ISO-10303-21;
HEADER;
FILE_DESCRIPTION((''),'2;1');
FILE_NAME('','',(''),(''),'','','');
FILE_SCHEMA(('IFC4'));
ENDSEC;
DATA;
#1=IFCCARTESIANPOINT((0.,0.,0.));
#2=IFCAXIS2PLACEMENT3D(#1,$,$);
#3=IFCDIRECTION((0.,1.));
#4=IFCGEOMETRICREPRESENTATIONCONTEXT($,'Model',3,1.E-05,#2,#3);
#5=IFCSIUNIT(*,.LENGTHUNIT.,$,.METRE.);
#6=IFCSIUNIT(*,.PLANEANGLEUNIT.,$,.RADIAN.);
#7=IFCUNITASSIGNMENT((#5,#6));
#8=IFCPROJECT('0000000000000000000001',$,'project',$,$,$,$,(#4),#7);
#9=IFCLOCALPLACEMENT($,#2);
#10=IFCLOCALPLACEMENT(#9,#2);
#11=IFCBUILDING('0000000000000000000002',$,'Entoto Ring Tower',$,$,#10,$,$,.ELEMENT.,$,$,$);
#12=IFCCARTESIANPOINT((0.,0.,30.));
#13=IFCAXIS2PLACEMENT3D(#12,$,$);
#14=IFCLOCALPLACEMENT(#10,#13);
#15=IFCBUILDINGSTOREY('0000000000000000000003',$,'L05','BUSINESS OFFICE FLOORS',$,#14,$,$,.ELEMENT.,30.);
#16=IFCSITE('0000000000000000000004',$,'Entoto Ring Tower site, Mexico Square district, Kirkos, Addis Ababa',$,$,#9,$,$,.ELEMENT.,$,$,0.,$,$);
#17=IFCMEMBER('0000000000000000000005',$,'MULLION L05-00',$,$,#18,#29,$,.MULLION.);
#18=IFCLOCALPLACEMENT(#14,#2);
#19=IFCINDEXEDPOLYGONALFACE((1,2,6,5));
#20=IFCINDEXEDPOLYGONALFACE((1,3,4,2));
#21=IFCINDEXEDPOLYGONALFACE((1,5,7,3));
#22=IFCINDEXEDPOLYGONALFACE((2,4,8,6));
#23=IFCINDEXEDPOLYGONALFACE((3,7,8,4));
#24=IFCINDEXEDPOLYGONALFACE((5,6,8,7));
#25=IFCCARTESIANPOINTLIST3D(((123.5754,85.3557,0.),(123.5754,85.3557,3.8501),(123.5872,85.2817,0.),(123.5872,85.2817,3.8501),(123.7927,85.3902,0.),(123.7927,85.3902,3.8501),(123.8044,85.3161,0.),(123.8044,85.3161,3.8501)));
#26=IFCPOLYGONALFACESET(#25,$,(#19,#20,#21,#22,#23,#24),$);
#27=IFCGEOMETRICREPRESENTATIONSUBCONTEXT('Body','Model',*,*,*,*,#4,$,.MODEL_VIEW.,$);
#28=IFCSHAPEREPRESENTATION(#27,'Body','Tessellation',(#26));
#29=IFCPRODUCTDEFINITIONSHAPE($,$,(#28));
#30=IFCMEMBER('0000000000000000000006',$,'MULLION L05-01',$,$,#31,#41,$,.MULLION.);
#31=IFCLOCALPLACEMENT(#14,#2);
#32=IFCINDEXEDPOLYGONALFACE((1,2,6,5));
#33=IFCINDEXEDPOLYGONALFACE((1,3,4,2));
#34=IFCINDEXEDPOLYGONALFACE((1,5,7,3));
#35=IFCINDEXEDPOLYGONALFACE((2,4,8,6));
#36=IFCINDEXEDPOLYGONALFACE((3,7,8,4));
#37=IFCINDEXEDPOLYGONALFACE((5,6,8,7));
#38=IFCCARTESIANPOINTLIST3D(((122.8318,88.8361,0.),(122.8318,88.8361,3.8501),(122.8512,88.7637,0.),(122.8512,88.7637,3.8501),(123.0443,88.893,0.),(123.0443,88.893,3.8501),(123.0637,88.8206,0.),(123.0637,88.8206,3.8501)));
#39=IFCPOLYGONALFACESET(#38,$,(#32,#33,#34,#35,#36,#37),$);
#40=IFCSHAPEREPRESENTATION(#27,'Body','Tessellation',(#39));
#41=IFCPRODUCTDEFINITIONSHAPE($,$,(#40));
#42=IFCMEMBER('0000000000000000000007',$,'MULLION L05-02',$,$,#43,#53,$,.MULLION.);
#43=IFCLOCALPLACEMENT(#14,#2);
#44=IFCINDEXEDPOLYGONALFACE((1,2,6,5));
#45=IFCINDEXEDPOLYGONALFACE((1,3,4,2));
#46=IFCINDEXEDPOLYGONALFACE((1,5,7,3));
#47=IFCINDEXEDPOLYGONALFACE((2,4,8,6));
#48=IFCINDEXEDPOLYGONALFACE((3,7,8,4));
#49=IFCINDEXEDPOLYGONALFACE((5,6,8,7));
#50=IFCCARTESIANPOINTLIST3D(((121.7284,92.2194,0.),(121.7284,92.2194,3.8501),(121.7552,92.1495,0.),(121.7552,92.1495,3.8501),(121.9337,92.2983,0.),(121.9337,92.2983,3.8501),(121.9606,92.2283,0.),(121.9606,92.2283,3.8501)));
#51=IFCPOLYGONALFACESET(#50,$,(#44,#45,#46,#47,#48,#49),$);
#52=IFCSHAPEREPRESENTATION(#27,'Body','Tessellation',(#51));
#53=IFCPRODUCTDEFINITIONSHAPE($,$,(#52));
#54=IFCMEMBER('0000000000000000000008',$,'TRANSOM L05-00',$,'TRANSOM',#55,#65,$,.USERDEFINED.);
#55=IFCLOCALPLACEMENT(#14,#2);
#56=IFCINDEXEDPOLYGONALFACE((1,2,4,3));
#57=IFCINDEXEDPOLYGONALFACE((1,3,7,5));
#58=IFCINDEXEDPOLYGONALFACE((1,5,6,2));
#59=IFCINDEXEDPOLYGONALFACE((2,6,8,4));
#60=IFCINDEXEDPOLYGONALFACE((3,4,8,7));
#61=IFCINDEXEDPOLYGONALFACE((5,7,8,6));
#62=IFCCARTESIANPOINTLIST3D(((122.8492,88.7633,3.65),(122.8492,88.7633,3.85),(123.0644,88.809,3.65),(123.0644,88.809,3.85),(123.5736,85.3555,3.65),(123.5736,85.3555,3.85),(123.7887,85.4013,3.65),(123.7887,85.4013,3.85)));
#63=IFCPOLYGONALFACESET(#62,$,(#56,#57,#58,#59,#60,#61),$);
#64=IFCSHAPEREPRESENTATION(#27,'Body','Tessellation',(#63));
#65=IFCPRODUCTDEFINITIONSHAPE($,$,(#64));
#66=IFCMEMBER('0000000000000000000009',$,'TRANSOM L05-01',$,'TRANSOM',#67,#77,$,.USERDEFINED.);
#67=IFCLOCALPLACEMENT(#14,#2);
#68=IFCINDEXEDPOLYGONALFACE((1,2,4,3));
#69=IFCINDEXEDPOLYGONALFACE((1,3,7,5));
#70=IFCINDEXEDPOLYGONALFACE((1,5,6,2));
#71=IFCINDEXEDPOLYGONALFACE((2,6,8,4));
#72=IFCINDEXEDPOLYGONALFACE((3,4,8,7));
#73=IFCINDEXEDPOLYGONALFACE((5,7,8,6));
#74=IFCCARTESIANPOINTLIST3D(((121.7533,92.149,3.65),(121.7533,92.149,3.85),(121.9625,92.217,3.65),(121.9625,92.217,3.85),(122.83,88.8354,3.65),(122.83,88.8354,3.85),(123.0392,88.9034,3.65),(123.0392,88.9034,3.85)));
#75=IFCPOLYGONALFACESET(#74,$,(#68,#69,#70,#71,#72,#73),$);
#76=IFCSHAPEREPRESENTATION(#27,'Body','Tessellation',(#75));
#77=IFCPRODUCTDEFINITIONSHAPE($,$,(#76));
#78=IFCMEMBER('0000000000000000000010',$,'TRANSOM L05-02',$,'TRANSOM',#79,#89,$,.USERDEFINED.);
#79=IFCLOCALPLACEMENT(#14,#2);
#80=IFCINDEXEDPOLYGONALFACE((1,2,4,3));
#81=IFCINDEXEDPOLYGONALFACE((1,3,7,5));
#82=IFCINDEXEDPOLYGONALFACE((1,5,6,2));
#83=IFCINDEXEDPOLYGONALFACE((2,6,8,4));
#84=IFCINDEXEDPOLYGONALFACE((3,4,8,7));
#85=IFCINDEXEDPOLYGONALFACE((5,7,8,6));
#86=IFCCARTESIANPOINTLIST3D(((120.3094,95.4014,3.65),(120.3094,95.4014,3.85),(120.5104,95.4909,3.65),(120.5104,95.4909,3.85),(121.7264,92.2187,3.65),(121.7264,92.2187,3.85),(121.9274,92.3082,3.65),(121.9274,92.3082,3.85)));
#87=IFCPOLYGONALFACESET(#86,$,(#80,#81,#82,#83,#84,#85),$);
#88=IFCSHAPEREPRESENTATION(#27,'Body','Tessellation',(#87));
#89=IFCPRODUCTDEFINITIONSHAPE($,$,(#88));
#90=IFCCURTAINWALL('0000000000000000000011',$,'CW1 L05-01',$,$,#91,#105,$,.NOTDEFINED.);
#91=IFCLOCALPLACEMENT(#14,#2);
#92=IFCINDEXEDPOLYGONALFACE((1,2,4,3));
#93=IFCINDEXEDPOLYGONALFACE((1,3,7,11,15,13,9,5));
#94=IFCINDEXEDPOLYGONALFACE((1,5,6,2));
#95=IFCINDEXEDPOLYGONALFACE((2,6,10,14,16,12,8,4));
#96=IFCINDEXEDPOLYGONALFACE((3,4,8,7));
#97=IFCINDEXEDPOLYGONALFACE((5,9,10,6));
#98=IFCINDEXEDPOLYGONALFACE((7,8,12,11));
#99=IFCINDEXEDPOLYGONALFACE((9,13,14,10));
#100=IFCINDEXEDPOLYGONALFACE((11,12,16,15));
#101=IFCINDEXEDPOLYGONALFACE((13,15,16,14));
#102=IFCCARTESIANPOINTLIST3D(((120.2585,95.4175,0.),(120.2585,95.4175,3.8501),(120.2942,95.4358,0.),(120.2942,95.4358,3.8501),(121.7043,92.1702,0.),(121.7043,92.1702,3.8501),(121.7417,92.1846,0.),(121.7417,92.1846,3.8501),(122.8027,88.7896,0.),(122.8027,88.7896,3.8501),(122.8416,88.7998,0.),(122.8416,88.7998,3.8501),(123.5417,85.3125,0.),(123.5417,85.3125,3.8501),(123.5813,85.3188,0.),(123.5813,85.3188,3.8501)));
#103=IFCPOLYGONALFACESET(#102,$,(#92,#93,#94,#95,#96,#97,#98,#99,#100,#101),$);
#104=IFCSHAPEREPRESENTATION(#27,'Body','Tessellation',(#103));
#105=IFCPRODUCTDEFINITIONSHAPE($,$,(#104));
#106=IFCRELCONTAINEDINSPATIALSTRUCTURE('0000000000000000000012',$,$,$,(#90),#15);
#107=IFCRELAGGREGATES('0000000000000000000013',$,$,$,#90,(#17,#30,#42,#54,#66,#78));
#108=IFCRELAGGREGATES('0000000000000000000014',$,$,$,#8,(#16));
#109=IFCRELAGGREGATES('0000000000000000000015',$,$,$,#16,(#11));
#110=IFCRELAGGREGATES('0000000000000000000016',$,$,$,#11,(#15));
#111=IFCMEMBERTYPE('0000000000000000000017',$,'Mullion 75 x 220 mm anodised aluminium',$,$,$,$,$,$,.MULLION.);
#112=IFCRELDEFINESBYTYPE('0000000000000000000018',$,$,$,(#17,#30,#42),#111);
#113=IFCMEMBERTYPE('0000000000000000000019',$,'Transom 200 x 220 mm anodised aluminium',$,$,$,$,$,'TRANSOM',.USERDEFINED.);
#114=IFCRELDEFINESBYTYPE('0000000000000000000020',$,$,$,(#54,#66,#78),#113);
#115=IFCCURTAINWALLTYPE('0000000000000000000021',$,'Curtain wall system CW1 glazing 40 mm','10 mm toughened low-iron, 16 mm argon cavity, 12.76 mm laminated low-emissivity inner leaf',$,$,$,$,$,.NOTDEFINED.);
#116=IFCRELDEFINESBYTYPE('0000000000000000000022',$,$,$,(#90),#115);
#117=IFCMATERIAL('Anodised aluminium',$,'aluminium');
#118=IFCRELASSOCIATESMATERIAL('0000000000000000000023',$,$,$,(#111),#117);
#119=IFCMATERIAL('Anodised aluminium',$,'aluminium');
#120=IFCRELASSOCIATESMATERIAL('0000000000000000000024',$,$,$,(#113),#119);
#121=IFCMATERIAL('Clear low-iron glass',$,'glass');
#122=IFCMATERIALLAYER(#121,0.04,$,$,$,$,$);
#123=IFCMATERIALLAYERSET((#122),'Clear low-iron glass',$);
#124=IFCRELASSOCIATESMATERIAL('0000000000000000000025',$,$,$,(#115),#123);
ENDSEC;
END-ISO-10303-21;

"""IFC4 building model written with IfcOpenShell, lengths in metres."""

from ifc_helpers import new_model, si_unit, direction, frame, origin, origin_2d, place, context, subcontext, project, spatial, polyline, rectangle, outline, extrude, material, layer, layer_set, material_profile, profile_set, type_object, element, aggregate, save


model = new_model("IFC4")

# Units and contexts
model_context = context("Model", 3, precision=1e-05, world=origin(), true_north=direction((0.0, 1.0)))
body_context = subcontext(model_context, "Body", "Model", "MODEL_VIEW")
ifc_project = project(units=[si_unit("LENGTHUNIT", "METRE"), si_unit("PLANEANGLEUNIT", "RADIAN")], contexts=[model_context])

# Members
ifc_material_1 = material(Name="Anodised aluminium", Category="aluminium")
ifc_material_profile_1 = material_profile(ifc_material_1, rectangle(XDim=0.075, YDim=0.22, at=origin_2d()), Name="Mullion 75 x 220 mm anodised aluminium")
ifc_profile_set_1 = profile_set([ifc_material_profile_1], Name="Anodised aluminium")
member_type_1 = type_object("IfcMemberType", Name="Mullion 75 x 220 mm anodised aluminium", PredefinedType="MULLION", material=ifc_profile_set_1)
site_placement = place(None, origin())
building_placement = place(site_placement, origin())
storey_placement = place(building_placement, frame((0.0, 0.0, 30.0)))
member_1_placement = place(storey_placement, frame((123.6899, 85.3359, 0.0), z_axis=(0.0, 0.0, 1.0), x_axis=(-0.156434, 0.987688, 0.0)))
member_1 = element("IfcMember", 1, at=member_1_placement, type_object=member_type_1, Name="MULLION L05-00", PredefinedType="MULLION", context=body_context, shape_type="SweptSolid", body=[
    extrude(rectangle(XDim=0.075, YDim=0.22, at=origin_2d()), origin(), (0.0, 0.0, 1.0), 3.8501),
])
member_2_placement = place(storey_placement, frame((122.9478, 88.8284, 0.0), z_axis=(0.0, 0.0, 1.0), x_axis=(-0.258819, 0.965926, 0.0)))
member_2 = element("IfcMember", 2, at=member_2_placement, type_object=member_type_1, Name="MULLION L05-01", PredefinedType="MULLION", context=body_context, shape_type="SweptSolid", body=[
    extrude(rectangle(XDim=0.075, YDim=0.22, at=origin_2d()), origin(), (0.0, 0.0, 1.0), 3.8501),
])
member_3_placement = place(storey_placement, frame((121.8445, 92.2239, 0.0), z_axis=(0.0, 0.0, 1.0), x_axis=(-0.358368, 0.93358, 0.0)))
member_3 = element("IfcMember", 3, at=member_3_placement, type_object=member_type_1, Name="MULLION L05-02", PredefinedType="MULLION", context=body_context, shape_type="SweptSolid", body=[
    extrude(rectangle(XDim=0.075, YDim=0.22, at=origin_2d()), origin(), (0.0, 0.0, 1.0), 3.8501),
])
ifc_material_2 = material(Name="Anodised aluminium", Category="aluminium")
ifc_material_profile_2 = material_profile(ifc_material_2, rectangle(XDim=0.22, YDim=0.2, at=origin_2d()), Name="Transom 200 x 220 mm anodised aluminium")
ifc_profile_set_2 = profile_set([ifc_material_profile_2], Name="Anodised aluminium")
member_type_2 = type_object("IfcMemberType", Name="Transom 200 x 220 mm anodised aluminium", ElementType="TRANSOM", PredefinedType="USERDEFINED", material=ifc_profile_set_2)
member_4_placement = place(storey_placement, frame((123.6812, 85.3784, 3.75), z_axis=(-0.207921, 0.978146, 0.0), x_axis=(-0.978146, -0.207921, 0.0)))
member_4 = element("IfcMember", 4, at=member_4_placement, type_object=member_type_2, Name="TRANSOM L05-00", ObjectType="TRANSOM", PredefinedType="USERDEFINED", context=body_context, shape_type="SweptSolid", body=[
    extrude(rectangle(XDim=0.22, YDim=0.2, at=origin_2d()), origin(), (0.0, 0.0, 1.0), 3.4839),
])
member_5_placement = place(storey_placement, frame((122.9346, 88.8694, 3.75), z_axis=(-0.309029, 0.951053, 0.0), x_axis=(-0.951053, -0.309029, 0.0)))
member_5 = element("IfcMember", 5, at=member_5_placement, type_object=member_type_2, Name="TRANSOM L05-01", ObjectType="TRANSOM", PredefinedType="USERDEFINED", context=body_context, shape_type="SweptSolid", body=[
    extrude(rectangle(XDim=0.22, YDim=0.2, at=origin_2d()), origin(), (0.0, 0.0, 1.0), 3.4841),
])
member_6_placement = place(storey_placement, frame((121.8269, 92.2634, 3.75), z_axis=(-0.406737, 0.913545, 0.0), x_axis=(-0.913545, -0.406737, 0.0)))
member_6 = element("IfcMember", 6, at=member_6_placement, type_object=member_type_2, Name="TRANSOM L05-02", ObjectType="TRANSOM", PredefinedType="USERDEFINED", context=body_context, shape_type="SweptSolid", body=[
    extrude(rectangle(XDim=0.22, YDim=0.2, at=origin_2d()), origin(), (0.0, 0.0, 1.0), 3.4839),
])

# Site, building, storey
site = spatial("IfcSite", under=ifc_project, at=site_placement, Name="Entoto Ring Tower site, Mexico Square district, Kirkos, Addis Ababa", CompositionType="ELEMENT", RefElevation=0.0)
building = spatial("IfcBuilding", under=site, at=building_placement, Name="Entoto Ring Tower", CompositionType="ELEMENT")
storey = spatial("IfcBuildingStorey", under=building, at=storey_placement, Name="L05", Description="BUSINESS OFFICE FLOORS", CompositionType="ELEMENT", Elevation=30.0)

# Curtain wall
ifc_material_3 = material(Name="Clear low-iron glass", Category="glass")
ifc_layer_1 = layer(ifc_material_3, 0.04)
ifc_layer_set_1 = layer_set([ifc_layer_1], Name="Clear low-iron glass")
curtain_wall_type = type_object("IfcCurtainWallType", Name="Curtain wall system CW1 glazing 40 mm", Description="10 mm toughened low-iron, 16 mm argon cavity, 12.76 mm laminated low-emissivity inner leaf", PredefinedType="NOTDEFINED", material=ifc_layer_set_1)
curtain_wall_1_placement = place(storey_placement, origin())
curtain_wall_1 = element("IfcCurtainWall", 7, at=curtain_wall_1_placement, inside=storey, type_object=curtain_wall_type, Name="CW1 L05-01", PredefinedType="NOTDEFINED", context=body_context, shape_type="SweptSolid", body=[
    extrude(outline(polyline([(123.5813, 85.3188), (122.8416, 88.7998), (121.7417, 92.1846), (120.2942, 95.4358), (120.2585, 95.4175), (121.7043, 92.1702), (122.8027, 88.7896), (123.5417, 85.3125), (123.5813, 85.3188)])), origin(), (0.0, 0.0, 1.0), 3.8501),
])
aggregate(curtain_wall_1, [member_1, member_2, member_3, member_4, member_5, member_6])

save(model, "model.ifc")
